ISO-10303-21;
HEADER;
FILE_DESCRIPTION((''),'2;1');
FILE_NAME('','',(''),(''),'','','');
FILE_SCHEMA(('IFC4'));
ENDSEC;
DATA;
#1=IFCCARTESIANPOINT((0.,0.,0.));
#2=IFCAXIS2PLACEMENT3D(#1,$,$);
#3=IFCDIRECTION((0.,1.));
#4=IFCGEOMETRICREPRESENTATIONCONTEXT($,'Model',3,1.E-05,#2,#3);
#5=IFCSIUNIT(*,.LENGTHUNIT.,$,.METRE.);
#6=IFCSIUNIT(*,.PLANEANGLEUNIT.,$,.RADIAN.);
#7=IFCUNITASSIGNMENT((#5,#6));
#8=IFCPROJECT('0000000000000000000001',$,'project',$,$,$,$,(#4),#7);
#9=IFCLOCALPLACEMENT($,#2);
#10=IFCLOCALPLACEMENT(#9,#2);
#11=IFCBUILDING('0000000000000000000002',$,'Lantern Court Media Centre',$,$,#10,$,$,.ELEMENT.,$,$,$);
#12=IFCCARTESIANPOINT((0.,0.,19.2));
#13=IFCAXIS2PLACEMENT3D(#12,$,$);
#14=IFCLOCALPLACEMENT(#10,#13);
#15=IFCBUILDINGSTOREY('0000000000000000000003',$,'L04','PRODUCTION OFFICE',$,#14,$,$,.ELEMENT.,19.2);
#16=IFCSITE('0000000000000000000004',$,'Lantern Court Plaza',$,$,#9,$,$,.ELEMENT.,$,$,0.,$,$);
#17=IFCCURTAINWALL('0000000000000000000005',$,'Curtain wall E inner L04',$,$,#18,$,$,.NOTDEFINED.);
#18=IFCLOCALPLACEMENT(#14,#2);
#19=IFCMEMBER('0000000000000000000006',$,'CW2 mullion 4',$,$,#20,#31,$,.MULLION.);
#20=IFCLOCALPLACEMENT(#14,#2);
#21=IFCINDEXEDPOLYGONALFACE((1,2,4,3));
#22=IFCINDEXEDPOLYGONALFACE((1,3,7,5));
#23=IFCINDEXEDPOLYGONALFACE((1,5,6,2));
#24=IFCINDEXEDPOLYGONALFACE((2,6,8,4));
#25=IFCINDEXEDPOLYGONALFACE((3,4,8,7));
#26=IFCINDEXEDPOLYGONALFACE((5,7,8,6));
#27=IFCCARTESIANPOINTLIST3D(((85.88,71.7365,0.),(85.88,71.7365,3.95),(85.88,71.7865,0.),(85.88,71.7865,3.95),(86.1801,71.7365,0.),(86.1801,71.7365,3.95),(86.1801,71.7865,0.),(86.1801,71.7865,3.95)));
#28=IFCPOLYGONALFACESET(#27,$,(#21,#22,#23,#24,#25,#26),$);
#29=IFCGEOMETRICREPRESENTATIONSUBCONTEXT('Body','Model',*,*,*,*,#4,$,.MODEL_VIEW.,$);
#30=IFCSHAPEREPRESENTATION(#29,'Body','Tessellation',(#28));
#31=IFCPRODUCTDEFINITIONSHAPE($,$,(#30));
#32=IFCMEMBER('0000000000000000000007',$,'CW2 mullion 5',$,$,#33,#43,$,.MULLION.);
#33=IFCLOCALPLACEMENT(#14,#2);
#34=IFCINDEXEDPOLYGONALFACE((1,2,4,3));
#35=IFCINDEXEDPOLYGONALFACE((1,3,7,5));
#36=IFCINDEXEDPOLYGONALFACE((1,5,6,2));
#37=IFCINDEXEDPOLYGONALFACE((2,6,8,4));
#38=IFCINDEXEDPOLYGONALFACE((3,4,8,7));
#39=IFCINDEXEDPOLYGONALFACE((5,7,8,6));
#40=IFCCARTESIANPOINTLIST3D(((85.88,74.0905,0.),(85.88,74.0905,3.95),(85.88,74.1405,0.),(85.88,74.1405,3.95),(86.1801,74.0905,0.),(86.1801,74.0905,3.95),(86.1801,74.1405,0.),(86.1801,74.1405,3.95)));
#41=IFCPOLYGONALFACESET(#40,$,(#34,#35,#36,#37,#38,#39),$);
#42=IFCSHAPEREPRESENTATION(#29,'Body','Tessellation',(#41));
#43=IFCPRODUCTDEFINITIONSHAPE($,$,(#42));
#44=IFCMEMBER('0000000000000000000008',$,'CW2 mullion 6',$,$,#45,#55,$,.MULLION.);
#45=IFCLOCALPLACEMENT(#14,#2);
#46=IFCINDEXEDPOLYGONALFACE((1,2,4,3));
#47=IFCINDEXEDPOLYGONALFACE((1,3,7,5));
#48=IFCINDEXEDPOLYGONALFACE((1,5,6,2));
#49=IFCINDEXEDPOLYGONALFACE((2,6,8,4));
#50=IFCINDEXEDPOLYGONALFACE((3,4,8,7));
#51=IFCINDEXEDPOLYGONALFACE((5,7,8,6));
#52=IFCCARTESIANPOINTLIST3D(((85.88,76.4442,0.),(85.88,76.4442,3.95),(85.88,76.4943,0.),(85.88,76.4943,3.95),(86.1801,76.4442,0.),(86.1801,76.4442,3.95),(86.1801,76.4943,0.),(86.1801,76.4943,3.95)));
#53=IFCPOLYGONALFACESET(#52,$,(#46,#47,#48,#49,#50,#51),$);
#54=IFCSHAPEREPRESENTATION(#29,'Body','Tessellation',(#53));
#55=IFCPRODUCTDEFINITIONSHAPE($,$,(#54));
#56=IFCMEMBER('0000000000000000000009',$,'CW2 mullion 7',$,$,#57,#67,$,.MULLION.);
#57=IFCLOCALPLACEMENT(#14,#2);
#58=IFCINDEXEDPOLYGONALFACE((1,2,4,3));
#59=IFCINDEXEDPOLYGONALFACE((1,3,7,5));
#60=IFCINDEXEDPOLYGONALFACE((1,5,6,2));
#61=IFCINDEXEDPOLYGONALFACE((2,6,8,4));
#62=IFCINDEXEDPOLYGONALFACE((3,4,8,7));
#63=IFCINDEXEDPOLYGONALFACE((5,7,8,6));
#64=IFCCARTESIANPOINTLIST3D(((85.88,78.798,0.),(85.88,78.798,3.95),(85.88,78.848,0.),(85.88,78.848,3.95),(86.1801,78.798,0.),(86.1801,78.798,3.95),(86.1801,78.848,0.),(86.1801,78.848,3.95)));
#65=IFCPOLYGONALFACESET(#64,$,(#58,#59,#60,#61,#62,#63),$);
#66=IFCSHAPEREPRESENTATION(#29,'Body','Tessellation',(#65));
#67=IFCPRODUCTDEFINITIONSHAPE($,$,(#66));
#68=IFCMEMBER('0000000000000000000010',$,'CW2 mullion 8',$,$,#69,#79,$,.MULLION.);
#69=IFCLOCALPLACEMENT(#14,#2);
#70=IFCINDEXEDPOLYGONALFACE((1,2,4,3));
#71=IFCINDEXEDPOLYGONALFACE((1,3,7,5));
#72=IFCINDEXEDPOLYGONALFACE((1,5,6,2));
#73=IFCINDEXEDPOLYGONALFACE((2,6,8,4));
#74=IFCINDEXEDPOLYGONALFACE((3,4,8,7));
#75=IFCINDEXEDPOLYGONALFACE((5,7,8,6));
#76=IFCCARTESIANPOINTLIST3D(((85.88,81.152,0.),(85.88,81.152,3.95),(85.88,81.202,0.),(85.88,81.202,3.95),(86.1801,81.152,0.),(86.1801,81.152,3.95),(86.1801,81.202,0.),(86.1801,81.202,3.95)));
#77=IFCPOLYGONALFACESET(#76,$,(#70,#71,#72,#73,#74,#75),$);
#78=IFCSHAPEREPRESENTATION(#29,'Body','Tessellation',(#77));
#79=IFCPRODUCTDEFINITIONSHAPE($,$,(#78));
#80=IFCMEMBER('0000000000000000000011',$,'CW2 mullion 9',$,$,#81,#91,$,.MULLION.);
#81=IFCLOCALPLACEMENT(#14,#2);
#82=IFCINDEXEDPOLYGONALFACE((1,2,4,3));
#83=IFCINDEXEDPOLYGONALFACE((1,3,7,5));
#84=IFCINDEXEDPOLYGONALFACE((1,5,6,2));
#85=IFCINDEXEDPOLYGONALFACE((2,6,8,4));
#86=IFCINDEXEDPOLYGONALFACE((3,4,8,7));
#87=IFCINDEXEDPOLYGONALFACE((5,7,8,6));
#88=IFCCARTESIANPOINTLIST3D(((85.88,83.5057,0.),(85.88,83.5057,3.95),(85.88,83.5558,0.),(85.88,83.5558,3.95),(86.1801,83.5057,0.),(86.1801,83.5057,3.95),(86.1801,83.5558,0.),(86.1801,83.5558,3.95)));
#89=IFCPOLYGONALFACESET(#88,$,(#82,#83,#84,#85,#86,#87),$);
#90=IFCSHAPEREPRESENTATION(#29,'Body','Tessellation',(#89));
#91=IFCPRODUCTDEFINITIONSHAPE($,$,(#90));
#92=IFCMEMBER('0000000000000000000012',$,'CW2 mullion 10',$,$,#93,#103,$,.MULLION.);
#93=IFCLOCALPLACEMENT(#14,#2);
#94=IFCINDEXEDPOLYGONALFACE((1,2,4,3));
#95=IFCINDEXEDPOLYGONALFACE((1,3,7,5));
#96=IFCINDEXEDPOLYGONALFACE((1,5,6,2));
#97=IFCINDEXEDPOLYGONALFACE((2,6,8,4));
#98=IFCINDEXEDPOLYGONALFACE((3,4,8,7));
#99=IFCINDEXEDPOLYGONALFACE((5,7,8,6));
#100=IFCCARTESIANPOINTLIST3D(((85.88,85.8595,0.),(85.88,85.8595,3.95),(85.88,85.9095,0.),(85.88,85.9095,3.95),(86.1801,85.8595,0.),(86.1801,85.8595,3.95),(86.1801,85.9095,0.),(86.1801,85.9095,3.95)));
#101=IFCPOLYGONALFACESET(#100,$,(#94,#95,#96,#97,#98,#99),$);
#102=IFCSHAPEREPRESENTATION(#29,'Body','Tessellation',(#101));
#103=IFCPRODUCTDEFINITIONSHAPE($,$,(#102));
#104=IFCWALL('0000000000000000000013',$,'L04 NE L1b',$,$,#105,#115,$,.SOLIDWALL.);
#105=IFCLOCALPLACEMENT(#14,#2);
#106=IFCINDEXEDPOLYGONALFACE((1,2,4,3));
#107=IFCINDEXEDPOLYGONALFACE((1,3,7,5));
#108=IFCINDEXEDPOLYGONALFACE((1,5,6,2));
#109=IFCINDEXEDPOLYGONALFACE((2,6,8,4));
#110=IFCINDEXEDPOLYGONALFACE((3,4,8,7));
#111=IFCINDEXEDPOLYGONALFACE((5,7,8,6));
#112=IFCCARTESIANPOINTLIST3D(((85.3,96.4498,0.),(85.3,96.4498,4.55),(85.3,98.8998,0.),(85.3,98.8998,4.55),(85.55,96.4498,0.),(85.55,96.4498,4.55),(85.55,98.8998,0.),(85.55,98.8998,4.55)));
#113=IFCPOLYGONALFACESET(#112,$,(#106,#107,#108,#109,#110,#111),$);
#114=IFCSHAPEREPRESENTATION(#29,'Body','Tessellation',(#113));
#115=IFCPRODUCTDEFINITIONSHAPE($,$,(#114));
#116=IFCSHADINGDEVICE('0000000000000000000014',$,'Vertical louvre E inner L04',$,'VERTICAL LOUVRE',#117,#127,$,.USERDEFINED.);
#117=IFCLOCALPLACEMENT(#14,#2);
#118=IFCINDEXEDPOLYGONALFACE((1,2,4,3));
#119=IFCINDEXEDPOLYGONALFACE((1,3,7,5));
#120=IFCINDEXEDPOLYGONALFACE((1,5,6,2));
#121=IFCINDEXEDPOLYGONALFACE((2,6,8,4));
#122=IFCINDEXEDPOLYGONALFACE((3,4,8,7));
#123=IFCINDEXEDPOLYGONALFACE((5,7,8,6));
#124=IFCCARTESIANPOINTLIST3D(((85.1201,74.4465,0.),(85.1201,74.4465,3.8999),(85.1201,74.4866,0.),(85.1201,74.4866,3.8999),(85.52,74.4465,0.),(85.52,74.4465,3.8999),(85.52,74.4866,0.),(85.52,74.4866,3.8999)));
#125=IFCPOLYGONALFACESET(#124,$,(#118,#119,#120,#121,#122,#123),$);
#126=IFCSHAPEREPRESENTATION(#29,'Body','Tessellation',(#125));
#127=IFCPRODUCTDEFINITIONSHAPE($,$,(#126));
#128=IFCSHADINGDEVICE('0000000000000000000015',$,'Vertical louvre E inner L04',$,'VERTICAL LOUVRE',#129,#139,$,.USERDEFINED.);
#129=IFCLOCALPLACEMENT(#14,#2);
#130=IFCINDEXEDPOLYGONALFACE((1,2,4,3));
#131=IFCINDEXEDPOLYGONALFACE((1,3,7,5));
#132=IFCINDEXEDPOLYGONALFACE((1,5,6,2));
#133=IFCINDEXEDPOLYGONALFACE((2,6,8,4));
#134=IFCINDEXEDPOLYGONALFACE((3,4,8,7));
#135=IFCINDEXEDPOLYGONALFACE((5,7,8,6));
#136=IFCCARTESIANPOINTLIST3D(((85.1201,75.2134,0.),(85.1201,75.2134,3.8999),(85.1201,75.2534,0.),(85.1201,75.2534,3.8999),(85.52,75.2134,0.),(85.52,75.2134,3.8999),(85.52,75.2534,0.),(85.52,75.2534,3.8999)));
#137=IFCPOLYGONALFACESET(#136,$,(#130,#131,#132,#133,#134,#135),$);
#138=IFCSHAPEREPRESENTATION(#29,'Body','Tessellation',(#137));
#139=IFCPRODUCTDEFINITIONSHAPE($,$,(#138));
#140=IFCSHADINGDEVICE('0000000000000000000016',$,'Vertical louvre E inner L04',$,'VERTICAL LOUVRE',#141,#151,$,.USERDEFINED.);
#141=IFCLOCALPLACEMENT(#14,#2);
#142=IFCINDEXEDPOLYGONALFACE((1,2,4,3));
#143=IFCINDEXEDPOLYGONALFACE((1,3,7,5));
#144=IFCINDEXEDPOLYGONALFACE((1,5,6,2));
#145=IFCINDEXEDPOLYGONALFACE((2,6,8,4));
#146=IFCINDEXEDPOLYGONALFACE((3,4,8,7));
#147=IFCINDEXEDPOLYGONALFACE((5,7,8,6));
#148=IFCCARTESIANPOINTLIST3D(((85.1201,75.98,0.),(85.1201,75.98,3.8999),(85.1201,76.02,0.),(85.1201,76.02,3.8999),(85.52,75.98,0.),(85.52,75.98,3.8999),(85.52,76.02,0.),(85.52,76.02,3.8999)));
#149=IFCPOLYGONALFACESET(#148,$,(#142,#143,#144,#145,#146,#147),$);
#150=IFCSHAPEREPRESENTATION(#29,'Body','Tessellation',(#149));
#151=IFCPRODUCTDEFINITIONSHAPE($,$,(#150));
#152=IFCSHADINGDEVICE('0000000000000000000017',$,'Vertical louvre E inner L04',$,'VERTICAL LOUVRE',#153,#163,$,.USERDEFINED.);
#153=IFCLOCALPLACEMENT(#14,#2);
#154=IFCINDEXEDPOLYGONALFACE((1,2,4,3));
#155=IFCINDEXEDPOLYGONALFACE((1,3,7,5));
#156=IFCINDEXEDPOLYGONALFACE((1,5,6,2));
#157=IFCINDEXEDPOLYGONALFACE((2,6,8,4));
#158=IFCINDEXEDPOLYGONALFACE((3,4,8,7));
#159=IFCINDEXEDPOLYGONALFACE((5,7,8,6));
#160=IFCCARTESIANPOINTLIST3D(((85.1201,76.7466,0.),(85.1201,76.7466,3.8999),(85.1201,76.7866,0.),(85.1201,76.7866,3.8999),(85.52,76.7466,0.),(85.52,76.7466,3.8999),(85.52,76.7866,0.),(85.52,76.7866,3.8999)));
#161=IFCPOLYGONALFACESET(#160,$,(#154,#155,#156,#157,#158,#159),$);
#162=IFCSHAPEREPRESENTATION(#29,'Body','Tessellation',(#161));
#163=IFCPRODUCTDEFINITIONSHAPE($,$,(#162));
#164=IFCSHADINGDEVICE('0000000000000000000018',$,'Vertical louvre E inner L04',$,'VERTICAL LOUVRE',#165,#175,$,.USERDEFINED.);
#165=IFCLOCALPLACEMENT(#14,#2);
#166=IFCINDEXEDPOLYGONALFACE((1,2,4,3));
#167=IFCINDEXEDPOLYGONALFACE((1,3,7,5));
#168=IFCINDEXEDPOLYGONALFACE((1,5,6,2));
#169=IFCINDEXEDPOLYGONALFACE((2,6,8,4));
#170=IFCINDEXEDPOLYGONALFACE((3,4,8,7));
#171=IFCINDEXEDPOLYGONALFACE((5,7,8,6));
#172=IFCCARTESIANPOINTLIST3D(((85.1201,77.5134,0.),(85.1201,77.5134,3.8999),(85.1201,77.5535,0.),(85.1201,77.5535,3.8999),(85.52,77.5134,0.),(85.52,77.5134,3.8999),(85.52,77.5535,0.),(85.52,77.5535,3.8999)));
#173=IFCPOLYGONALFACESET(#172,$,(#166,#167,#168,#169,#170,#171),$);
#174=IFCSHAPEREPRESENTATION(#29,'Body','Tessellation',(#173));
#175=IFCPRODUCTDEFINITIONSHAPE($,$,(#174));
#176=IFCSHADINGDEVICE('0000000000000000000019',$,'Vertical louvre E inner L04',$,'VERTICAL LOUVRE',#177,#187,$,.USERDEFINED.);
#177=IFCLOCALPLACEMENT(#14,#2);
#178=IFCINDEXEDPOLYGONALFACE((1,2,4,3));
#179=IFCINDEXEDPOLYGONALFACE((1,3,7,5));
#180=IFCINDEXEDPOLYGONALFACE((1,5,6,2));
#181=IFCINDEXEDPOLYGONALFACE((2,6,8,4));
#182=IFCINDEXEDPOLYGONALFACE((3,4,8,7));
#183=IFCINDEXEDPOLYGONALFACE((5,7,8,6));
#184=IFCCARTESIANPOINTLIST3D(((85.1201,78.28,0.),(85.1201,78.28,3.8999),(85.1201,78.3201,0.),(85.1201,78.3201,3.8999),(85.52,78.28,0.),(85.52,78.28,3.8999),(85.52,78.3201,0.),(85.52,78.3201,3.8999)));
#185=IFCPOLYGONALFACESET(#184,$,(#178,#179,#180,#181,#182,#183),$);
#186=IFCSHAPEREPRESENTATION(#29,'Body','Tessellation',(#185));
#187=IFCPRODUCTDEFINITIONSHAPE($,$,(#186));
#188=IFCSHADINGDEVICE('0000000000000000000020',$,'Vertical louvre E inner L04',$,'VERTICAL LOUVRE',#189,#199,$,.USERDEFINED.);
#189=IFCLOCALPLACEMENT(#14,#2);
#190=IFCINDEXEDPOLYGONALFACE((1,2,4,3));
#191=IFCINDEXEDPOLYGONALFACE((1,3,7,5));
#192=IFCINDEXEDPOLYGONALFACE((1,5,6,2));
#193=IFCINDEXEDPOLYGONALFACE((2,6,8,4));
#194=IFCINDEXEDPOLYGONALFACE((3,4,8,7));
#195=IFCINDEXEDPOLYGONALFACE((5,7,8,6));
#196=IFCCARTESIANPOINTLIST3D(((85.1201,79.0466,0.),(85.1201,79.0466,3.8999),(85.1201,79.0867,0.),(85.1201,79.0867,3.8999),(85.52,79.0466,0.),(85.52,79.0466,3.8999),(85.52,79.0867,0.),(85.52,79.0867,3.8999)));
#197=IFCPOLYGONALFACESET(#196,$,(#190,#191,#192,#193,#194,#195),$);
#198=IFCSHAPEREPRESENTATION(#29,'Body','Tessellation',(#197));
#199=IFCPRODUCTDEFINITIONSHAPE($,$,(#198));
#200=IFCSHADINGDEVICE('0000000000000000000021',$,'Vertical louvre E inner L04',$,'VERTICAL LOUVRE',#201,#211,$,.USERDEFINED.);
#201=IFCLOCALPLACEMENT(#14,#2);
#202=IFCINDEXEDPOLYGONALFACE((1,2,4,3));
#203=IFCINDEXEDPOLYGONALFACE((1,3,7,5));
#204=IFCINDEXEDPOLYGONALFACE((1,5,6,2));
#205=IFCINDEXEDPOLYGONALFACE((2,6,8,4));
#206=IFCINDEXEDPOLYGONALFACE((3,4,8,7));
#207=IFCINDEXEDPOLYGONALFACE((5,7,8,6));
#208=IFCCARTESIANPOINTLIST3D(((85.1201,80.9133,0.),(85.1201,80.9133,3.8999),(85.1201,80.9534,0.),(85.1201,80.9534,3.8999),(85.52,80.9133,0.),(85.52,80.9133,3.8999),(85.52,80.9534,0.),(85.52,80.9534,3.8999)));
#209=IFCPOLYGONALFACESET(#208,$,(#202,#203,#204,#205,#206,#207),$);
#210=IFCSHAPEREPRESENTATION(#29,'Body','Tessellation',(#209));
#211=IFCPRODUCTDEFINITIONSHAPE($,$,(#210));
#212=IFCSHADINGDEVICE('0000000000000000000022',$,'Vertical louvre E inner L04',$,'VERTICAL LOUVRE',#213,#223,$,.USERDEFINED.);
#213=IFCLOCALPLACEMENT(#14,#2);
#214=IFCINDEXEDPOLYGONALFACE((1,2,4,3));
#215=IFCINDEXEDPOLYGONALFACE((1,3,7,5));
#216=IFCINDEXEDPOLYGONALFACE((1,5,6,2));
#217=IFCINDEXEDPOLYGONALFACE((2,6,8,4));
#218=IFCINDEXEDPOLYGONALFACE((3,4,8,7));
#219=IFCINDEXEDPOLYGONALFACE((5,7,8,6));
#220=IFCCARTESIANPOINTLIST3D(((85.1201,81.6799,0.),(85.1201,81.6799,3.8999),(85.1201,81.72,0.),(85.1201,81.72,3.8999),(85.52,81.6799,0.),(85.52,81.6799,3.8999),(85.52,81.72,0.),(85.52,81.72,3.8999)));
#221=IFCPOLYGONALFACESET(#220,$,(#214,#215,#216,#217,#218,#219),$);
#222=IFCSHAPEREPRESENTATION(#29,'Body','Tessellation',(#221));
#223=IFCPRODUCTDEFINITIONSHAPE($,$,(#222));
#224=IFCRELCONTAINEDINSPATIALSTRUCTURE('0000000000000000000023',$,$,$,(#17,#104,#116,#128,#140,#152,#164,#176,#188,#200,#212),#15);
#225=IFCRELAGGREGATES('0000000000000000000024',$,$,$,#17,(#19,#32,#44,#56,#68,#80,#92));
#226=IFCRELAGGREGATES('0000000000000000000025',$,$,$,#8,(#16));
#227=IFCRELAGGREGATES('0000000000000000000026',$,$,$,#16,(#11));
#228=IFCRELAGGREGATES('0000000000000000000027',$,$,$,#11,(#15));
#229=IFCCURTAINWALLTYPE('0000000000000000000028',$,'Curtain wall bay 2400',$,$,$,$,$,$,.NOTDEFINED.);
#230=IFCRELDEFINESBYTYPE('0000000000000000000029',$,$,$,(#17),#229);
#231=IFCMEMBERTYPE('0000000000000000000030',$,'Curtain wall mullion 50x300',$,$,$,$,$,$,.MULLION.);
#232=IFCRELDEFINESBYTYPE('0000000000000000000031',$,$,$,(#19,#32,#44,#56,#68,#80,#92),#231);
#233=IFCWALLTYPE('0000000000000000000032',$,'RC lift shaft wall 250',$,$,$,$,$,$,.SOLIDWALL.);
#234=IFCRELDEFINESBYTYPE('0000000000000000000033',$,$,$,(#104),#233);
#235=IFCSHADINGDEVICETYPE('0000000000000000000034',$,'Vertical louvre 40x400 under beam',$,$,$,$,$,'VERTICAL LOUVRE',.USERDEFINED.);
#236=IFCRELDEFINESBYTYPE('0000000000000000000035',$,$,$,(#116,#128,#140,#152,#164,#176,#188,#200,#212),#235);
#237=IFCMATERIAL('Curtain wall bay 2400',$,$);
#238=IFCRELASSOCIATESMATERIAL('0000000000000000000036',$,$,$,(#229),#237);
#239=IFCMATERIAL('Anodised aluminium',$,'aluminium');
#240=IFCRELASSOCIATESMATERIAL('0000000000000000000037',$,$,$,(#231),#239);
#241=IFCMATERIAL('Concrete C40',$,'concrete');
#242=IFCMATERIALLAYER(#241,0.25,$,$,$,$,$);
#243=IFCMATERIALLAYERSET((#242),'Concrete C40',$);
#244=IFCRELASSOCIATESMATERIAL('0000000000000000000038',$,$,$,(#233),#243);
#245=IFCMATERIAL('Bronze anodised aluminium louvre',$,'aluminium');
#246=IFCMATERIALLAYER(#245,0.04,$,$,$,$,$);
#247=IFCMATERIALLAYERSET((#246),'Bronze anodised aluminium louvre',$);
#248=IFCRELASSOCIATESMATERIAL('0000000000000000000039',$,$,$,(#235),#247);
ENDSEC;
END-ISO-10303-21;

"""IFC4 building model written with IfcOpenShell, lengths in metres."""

from ifc_helpers import new_model, si_unit, direction, frame, frame_2d, origin, origin_2d, place, context, subcontext, project, spatial, rectangle, extrude, material, layer, layer_set, material_profile, profile_set, type_object, element, aggregate, save


model = new_model("IFC4")

# Units and contexts
model_context = context("Model", 3, precision=1e-05, world=origin(), true_north=direction((0.0, 1.0)))
body_context = subcontext(model_context, "Body", "Model", "MODEL_VIEW")
ifc_project = project(units=[si_unit("LENGTHUNIT", "METRE"), si_unit("PLANEANGLEUNIT", "RADIAN")], contexts=[model_context])

# Site, building, storey
site_placement = place(None, origin())
site = spatial("IfcSite", under=ifc_project, at=site_placement, Name="Lantern Court Plaza", CompositionType="ELEMENT", RefElevation=0.0)
building_placement = place(site_placement, origin())
building = spatial("IfcBuilding", under=site, at=building_placement, Name="Lantern Court Media Centre", CompositionType="ELEMENT")
storey_placement = place(building_placement, frame((0.0, 0.0, 19.2)))
storey = spatial("IfcBuildingStorey", under=building, at=storey_placement, Name="L04", Description="PRODUCTION OFFICE", CompositionType="ELEMENT", Elevation=19.2)

# Curtain wall, members
ifc_material_1 = material(Name="Curtain wall bay 2400")
curtain_wall_type = type_object("IfcCurtainWallType", Name="Curtain wall bay 2400", PredefinedType="NOTDEFINED", material=ifc_material_1)
curtain_wall_placement = place(storey_placement, origin())
curtain_wall = element("IfcCurtainWall", 1, at=curtain_wall_placement, inside=storey, type_object=curtain_wall_type, Name="Curtain wall E inner L04", PredefinedType="NOTDEFINED")
ifc_material_2 = material(Name="Anodised aluminium", Category="aluminium")
ifc_material_profile = material_profile(ifc_material_2, rectangle(XDim=0.3, YDim=0.05, at=origin_2d()), Name="AL 50x300")
ifc_profile_set = profile_set([ifc_material_profile], Name="Anodised aluminium")
member_type = type_object("IfcMemberType", Name="Curtain wall mullion 50x300", PredefinedType="MULLION", material=ifc_profile_set)
member_1_placement = place(storey_placement, frame((86.03, 71.7615, 0.0), z_axis=(0.0, 0.0, 1.0), x_axis=(-1.0, 0.0, 0.0)))
member_1 = element("IfcMember", 2, at=member_1_placement, type_object=member_type, Name="CW2 mullion 4", PredefinedType="MULLION", context=body_context, shape_type="SweptSolid", body=[
    extrude(rectangle(XDim=0.3, YDim=0.05, at=origin_2d()), origin(), (0.0, 0.0, 1.0), 3.95),
])
member_2_placement = place(storey_placement, frame((86.03, 74.1155, 0.0), z_axis=(0.0, 0.0, 1.0), x_axis=(-1.0, 0.0, 0.0)))
member_2 = element("IfcMember", 3, at=member_2_placement, type_object=member_type, Name="CW2 mullion 5", PredefinedType="MULLION", context=body_context, shape_type="SweptSolid", body=[
    extrude(rectangle(XDim=0.3, YDim=0.05, at=origin_2d()), origin(), (0.0, 0.0, 1.0), 3.95),
])
member_3_placement = place(storey_placement, frame((86.03, 76.4692, 0.0), z_axis=(0.0, 0.0, 1.0), x_axis=(-1.0, 0.0, 0.0)))
member_3 = element("IfcMember", 4, at=member_3_placement, type_object=member_type, Name="CW2 mullion 6", PredefinedType="MULLION", context=body_context, shape_type="SweptSolid", body=[
    extrude(rectangle(XDim=0.3, YDim=0.05, at=origin_2d()), origin(), (0.0, 0.0, 1.0), 3.95),
])
member_4_placement = place(storey_placement, frame((86.03, 78.823, 0.0), z_axis=(0.0, 0.0, 1.0), x_axis=(-1.0, 0.0, 0.0)))
member_4 = element("IfcMember", 5, at=member_4_placement, type_object=member_type, Name="CW2 mullion 7", PredefinedType="MULLION", context=body_context, shape_type="SweptSolid", body=[
    extrude(rectangle(XDim=0.3, YDim=0.05, at=origin_2d()), origin(), (0.0, 0.0, 1.0), 3.95),
])
member_5_placement = place(storey_placement, frame((86.03, 81.177, 0.0), z_axis=(0.0, 0.0, 1.0), x_axis=(-1.0, 0.0, 0.0)))
member_5 = element("IfcMember", 6, at=member_5_placement, type_object=member_type, Name="CW2 mullion 8", PredefinedType="MULLION", context=body_context, shape_type="SweptSolid", body=[
    extrude(rectangle(XDim=0.3, YDim=0.05, at=origin_2d()), origin(), (0.0, 0.0, 1.0), 3.95),
])
member_6_placement = place(storey_placement, frame((86.03, 83.5308, 0.0), z_axis=(0.0, 0.0, 1.0), x_axis=(-1.0, 0.0, 0.0)))
member_6 = element("IfcMember", 7, at=member_6_placement, type_object=member_type, Name="CW2 mullion 9", PredefinedType="MULLION", context=body_context, shape_type="SweptSolid", body=[
    extrude(rectangle(XDim=0.3, YDim=0.05, at=origin_2d()), origin(), (0.0, 0.0, 1.0), 3.95),
])
member_7_placement = place(storey_placement, frame((86.03, 85.8845, 0.0), z_axis=(0.0, 0.0, 1.0), x_axis=(-1.0, 0.0, 0.0)))
member_7 = element("IfcMember", 8, at=member_7_placement, type_object=member_type, Name="CW2 mullion 10", PredefinedType="MULLION", context=body_context, shape_type="SweptSolid", body=[
    extrude(rectangle(XDim=0.3, YDim=0.05, at=origin_2d()), origin(), (0.0, 0.0, 1.0), 3.95),
])
aggregate(curtain_wall, [member_1, member_2, member_3, member_4, member_5, member_6, member_7])

# Wall
ifc_material_3 = material(Name="Concrete C40", Category="concrete")
ifc_layer_1 = layer(ifc_material_3, 0.25)
ifc_layer_set_1 = layer_set([ifc_layer_1], Name="Concrete C40")
wall_type = type_object("IfcWallType", Name="RC lift shaft wall 250", PredefinedType="SOLIDWALL", material=ifc_layer_set_1)
wall_placement = place(storey_placement, frame((85.425, 98.8999, 0.0), z_axis=(0.0, 0.0, 1.0), x_axis=(0.0, -1.0, 0.0)))
element("IfcWall", 9, at=wall_placement, inside=storey, type_object=wall_type, Name="L04 NE L1b", PredefinedType="SOLIDWALL", context=body_context, shape_type="SweptSolid", body=[
    extrude(rectangle(XDim=2.45, YDim=0.25, at=frame_2d((1.2251, 0.0))), origin(), (0.0, 0.0, 1.0), 4.55),
])

# Shading devices
ifc_material_4 = material(Name="Bronze anodised aluminium louvre", Category="aluminium")
ifc_layer_2 = layer(ifc_material_4, 0.04)
ifc_layer_set_2 = layer_set([ifc_layer_2], Name="Bronze anodised aluminium louvre")
shading_device_type = type_object("IfcShadingDeviceType", Name="Vertical louvre 40x400 under beam", ElementType="VERTICAL LOUVRE", PredefinedType="USERDEFINED", material=ifc_layer_set_2)
for number, where, z_axis, x_axis, name in (
    (10, (85.3201, 74.4666, 0.0), (0.0, 0.0, 1.0), (1.0, 0.0, 0.0), "Vertical louvre E inner L04"),
    (11, (85.3201, 75.2334, 0.0), (0.0, 0.0, 1.0), (1.0, 0.0, 0.0), "Vertical louvre E inner L04"),
    (12, (85.3201, 76.0, 0.0), (0.0, 0.0, 1.0), (1.0, 0.0, 0.0), "Vertical louvre E inner L04"),
    (13, (85.3201, 76.7666, 0.0), (0.0, 0.0, 1.0), (1.0, 0.0, 0.0), "Vertical louvre E inner L04"),
    (14, (85.3201, 77.5334, 0.0), (0.0, 0.0, 1.0), (1.0, 0.0, 0.0), "Vertical louvre E inner L04"),
    (15, (85.3201, 78.3, 0.0), (0.0, 0.0, 1.0), (1.0, 0.0, 0.0), "Vertical louvre E inner L04"),
    (16, (85.3201, 79.0667, 0.0), (0.0, 0.0, 1.0), (1.0, 0.0, 0.0), "Vertical louvre E inner L04"),
    (17, (85.3201, 80.9333, 0.0), (0.0, 0.0, 1.0), (1.0, 0.0, 0.0), "Vertical louvre E inner L04"),
    (18, (85.3201, 81.7, 0.0), (0.0, 0.0, 1.0), (1.0, 0.0, 0.0), "Vertical louvre E inner L04"),
):
    element("IfcShadingDevice", number, at=place(storey_placement, frame(where, z_axis=z_axis, x_axis=x_axis)), inside=storey, type_object=shading_device_type, Name=name, ObjectType="VERTICAL LOUVRE", PredefinedType="USERDEFINED", context=body_context, shape_type="SweptSolid", body=[
        extrude(rectangle(XDim=0.3999, YDim=0.04, at=origin_2d()), origin(), (0.0, 0.0, 1.0), 3.8999),
    ])

save(model, "model.ifc")
